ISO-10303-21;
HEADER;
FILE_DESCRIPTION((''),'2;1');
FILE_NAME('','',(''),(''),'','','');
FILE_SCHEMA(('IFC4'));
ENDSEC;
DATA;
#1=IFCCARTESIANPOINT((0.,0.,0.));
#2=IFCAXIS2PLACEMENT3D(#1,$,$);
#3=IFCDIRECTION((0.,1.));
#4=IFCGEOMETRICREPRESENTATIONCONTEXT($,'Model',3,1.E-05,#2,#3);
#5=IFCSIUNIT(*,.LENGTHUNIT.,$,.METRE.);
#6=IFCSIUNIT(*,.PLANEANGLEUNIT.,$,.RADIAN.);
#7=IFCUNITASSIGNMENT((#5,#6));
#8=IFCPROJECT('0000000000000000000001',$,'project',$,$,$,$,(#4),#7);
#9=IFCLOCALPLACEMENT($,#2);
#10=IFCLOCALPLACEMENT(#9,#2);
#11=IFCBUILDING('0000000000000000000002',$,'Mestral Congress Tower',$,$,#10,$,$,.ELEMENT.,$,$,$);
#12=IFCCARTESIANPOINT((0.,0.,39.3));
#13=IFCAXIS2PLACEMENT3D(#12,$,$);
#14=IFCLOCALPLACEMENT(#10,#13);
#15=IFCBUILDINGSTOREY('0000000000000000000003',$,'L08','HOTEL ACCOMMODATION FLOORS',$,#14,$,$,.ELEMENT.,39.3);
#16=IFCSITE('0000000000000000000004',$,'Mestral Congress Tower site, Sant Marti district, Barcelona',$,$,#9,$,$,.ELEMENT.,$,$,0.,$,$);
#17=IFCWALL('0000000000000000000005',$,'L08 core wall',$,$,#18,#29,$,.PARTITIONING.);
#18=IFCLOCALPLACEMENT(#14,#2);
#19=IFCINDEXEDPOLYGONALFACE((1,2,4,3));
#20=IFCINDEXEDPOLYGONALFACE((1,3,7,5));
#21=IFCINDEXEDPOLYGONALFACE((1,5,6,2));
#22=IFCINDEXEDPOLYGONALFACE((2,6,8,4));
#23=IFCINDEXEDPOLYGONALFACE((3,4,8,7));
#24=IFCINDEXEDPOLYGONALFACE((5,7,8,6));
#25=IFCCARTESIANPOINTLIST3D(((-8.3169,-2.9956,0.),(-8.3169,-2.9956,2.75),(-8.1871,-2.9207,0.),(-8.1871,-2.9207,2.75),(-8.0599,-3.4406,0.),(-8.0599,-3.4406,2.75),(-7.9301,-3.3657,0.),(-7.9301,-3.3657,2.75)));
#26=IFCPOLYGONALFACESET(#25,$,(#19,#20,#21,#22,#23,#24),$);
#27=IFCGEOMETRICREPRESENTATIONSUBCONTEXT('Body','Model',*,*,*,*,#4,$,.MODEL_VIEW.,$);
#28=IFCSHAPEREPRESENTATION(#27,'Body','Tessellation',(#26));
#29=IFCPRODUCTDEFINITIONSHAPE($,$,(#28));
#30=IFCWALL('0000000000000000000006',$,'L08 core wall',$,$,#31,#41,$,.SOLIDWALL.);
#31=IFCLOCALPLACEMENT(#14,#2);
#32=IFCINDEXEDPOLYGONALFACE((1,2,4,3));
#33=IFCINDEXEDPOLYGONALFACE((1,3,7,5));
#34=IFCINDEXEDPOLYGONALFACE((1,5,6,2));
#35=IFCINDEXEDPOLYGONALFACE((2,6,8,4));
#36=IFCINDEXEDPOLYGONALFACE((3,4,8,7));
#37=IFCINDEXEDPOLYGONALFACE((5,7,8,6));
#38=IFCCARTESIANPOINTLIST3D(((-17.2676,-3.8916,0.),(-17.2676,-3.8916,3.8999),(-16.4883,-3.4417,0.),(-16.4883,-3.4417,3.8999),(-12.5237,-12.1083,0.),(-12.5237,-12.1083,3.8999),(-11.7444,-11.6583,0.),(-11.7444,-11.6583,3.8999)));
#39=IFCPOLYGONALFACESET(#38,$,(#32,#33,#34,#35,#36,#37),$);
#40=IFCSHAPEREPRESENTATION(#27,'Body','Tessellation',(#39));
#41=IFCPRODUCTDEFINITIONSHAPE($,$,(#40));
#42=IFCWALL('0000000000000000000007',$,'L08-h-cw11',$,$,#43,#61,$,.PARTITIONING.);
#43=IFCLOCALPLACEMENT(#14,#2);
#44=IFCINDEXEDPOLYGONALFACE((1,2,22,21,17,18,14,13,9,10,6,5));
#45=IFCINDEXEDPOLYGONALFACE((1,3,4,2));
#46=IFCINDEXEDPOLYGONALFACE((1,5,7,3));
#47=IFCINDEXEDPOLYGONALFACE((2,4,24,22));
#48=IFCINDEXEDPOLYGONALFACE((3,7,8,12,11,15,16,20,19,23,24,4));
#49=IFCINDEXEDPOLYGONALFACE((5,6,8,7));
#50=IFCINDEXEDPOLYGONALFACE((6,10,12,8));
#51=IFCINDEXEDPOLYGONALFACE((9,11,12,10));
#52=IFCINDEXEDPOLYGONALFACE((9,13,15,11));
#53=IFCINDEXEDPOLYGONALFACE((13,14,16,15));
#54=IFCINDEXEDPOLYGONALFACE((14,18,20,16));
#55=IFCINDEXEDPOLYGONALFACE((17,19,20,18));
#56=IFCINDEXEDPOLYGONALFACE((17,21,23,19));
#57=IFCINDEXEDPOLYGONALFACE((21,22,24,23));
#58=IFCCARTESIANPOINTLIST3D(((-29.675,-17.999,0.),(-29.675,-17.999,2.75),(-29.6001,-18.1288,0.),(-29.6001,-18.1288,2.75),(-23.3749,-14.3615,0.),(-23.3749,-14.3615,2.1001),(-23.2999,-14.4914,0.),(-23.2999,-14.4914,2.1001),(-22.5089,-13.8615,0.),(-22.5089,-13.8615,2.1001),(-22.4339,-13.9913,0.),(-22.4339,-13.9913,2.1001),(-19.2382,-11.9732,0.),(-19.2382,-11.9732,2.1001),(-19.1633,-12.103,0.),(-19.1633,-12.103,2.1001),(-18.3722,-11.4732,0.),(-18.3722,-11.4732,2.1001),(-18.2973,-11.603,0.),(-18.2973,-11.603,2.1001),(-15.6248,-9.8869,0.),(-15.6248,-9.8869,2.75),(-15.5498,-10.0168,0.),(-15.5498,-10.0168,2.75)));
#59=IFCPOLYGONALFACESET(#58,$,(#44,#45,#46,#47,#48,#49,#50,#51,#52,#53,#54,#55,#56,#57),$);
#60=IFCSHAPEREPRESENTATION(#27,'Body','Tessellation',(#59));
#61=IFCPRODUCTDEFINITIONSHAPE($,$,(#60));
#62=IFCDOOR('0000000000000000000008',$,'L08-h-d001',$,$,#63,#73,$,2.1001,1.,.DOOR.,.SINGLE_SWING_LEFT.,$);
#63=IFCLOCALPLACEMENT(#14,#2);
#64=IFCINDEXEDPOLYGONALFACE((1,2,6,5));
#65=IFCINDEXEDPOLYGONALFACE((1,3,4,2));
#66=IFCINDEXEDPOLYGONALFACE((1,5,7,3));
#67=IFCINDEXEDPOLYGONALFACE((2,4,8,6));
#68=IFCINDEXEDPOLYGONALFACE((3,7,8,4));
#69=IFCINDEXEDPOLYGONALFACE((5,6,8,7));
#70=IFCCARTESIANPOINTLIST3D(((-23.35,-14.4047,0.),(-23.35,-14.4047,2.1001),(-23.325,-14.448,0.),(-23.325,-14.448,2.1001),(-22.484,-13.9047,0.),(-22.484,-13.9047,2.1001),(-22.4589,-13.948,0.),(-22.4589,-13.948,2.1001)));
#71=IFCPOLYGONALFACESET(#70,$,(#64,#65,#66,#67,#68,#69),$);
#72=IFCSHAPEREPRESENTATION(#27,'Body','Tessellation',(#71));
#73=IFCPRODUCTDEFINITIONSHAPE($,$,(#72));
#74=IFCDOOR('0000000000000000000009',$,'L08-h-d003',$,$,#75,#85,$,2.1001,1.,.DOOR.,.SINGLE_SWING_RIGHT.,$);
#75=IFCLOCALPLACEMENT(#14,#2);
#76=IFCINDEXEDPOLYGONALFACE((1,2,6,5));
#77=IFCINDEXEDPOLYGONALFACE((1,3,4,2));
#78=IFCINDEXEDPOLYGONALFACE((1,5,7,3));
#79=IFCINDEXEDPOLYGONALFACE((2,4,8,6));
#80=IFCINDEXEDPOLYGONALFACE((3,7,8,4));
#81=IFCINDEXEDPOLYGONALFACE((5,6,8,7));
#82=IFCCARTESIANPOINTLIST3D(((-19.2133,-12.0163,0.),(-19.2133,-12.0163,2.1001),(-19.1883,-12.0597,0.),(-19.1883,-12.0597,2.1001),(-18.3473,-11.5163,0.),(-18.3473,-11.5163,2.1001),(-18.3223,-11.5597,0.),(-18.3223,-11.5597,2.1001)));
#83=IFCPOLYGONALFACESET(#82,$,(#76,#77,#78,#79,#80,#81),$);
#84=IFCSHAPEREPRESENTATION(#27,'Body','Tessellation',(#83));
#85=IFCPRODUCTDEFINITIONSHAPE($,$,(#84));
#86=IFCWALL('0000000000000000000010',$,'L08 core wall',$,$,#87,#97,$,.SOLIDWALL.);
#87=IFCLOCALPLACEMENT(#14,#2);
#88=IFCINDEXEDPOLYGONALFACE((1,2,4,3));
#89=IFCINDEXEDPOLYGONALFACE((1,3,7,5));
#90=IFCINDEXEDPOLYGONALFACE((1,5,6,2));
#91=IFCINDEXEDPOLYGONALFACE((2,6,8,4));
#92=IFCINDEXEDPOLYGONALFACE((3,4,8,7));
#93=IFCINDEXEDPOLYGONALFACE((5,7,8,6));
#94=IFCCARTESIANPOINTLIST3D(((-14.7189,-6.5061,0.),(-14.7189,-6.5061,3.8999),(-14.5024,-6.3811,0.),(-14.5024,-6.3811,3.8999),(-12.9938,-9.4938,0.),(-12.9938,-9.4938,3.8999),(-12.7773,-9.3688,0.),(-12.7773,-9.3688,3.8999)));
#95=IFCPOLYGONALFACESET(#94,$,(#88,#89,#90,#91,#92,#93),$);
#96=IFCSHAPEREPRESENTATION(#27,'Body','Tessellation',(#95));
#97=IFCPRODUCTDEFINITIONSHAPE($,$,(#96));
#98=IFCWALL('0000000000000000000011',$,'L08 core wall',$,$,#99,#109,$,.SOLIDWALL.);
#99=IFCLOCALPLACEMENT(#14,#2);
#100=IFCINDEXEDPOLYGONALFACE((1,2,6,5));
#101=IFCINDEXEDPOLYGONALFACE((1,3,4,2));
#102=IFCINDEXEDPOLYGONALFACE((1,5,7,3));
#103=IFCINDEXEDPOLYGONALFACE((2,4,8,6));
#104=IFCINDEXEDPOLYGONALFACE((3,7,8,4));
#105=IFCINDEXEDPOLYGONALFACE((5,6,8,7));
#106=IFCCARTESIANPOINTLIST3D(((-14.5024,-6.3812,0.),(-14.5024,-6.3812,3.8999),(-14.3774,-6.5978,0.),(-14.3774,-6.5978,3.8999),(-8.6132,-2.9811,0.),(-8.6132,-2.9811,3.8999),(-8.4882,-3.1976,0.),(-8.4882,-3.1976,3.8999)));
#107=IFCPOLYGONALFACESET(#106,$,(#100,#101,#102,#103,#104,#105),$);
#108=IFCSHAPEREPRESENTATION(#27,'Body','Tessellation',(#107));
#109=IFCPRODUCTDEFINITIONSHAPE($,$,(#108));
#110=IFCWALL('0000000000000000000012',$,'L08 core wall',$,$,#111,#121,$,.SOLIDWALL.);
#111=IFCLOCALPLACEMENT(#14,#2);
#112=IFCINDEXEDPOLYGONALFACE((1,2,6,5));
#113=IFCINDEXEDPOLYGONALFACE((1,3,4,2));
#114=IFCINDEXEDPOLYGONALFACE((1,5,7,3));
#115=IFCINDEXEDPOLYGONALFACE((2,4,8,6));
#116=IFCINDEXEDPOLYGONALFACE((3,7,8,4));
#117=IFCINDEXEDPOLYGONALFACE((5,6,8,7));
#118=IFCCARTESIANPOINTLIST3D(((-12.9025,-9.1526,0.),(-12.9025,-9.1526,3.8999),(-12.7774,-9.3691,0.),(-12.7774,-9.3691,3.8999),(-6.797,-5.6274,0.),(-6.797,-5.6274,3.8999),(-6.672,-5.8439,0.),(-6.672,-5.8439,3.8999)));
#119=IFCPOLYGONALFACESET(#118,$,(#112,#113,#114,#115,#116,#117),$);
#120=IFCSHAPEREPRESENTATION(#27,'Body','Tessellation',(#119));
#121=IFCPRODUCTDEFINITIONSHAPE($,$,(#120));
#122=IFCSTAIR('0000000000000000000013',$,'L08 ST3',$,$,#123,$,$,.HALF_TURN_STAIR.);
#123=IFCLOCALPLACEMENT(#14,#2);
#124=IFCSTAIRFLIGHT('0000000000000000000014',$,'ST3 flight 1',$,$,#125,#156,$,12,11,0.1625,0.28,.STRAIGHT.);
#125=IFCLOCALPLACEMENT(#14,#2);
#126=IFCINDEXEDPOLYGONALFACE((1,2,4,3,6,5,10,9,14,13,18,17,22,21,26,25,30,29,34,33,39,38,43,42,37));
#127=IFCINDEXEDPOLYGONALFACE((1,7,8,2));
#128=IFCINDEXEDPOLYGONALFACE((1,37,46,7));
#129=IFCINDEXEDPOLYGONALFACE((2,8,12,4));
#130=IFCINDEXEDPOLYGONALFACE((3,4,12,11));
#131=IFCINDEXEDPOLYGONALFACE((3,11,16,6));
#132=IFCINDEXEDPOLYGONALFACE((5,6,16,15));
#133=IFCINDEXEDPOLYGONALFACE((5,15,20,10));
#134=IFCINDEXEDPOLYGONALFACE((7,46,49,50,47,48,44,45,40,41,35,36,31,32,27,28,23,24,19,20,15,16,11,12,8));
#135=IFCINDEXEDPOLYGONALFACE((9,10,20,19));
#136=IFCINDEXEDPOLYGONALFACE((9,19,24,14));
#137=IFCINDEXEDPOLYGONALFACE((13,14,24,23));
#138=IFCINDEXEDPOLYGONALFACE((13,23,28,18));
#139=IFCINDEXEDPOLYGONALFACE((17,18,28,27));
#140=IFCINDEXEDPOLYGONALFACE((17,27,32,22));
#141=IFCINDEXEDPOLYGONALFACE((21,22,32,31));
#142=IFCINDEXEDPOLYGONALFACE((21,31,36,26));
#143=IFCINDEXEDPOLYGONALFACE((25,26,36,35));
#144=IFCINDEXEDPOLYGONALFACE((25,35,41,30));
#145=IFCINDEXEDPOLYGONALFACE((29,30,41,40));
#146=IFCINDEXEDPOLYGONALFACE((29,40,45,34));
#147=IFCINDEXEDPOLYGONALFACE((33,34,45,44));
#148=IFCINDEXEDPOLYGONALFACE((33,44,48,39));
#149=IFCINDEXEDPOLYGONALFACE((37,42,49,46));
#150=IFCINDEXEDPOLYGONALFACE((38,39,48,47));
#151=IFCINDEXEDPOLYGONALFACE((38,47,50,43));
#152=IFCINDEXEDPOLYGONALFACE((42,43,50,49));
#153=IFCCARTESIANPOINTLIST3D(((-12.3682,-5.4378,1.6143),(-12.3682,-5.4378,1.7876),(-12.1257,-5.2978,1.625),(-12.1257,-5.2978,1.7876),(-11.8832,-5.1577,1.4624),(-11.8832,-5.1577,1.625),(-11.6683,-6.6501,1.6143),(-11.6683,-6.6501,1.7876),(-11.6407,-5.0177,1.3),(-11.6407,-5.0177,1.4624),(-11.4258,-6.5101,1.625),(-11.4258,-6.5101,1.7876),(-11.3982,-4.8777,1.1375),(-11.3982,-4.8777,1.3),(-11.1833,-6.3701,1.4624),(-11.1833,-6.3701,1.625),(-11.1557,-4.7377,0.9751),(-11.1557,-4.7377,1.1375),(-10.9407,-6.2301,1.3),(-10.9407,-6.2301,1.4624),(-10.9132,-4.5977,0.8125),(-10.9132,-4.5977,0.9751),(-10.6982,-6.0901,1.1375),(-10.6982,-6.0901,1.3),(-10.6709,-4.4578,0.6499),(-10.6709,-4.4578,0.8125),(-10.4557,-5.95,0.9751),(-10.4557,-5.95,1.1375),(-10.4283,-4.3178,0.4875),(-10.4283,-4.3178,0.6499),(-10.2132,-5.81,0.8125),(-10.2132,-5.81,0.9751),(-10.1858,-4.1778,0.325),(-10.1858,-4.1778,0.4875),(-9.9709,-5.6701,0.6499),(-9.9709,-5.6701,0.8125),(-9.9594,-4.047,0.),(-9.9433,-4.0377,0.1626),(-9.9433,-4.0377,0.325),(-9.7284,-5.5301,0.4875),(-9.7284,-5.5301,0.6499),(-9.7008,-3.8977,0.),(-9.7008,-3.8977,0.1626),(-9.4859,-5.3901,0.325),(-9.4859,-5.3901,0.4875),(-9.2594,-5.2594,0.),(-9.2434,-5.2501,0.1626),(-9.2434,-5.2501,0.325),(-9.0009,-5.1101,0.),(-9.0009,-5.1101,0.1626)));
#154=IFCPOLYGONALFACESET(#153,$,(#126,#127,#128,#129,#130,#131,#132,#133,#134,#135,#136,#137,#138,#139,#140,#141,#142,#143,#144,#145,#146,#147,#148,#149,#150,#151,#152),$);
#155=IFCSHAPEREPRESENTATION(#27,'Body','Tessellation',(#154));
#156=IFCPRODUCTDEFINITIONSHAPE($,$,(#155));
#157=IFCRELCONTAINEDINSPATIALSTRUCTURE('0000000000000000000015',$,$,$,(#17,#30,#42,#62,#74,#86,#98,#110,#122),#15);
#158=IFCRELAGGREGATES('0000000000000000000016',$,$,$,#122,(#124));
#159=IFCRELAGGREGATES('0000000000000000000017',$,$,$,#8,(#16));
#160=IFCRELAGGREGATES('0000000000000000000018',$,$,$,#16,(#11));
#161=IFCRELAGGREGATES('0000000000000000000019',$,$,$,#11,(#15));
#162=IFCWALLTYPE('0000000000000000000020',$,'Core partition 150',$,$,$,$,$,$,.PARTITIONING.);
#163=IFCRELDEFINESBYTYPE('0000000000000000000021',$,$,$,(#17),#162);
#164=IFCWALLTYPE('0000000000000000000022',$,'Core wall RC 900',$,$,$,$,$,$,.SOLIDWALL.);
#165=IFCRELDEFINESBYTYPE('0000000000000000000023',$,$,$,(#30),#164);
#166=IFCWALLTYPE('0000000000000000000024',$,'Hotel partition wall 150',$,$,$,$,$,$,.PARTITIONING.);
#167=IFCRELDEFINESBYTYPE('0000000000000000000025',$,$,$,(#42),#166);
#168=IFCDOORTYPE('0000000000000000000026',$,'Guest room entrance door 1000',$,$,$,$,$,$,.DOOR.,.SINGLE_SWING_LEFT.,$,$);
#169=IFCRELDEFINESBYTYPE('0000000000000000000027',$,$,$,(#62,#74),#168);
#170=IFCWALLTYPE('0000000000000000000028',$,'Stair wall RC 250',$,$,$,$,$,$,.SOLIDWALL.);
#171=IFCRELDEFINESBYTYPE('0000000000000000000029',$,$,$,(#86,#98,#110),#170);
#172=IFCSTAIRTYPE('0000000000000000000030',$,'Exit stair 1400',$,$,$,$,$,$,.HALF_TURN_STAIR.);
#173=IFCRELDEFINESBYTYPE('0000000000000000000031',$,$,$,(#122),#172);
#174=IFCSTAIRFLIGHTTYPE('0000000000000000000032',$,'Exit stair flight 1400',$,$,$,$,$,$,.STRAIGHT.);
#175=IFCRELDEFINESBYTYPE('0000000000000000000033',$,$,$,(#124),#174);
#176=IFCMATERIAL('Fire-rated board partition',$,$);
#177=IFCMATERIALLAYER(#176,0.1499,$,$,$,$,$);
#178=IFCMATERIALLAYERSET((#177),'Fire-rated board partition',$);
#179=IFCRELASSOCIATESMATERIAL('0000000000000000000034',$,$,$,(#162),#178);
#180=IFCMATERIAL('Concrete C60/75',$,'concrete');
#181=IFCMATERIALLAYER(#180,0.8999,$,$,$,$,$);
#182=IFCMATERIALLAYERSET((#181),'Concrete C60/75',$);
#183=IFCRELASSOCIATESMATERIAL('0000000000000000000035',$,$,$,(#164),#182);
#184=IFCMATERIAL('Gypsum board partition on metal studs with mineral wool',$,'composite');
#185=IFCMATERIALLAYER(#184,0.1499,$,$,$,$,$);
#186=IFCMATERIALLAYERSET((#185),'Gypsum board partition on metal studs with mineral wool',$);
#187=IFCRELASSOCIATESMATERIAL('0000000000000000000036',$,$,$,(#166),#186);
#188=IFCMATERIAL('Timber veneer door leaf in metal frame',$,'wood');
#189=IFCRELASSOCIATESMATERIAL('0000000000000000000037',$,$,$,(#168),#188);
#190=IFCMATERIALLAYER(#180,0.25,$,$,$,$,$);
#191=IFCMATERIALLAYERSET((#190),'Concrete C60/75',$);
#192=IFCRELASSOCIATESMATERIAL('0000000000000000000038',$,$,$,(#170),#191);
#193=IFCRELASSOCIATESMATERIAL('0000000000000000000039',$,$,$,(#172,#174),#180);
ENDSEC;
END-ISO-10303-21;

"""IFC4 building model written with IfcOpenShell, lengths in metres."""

from ifc_helpers import new_model, si_unit, direction, frame, frame_2d, origin, place, context, subcontext, project, spatial, polyline, rectangle, outline, extrude, material, layer, layer_set, type_object, element, fill, aggregate, save


model = new_model("IFC4")

# Units and contexts
model_context = context("Model", 3, precision=1e-05, world=origin(), true_north=direction((0.0, 1.0)))
body_context = subcontext(model_context, "Body", "Model", "MODEL_VIEW")
ifc_project = project(units=[si_unit("LENGTHUNIT", "METRE"), si_unit("PLANEANGLEUNIT", "RADIAN")], contexts=[model_context])

# Site, building, storey
site_placement = place(None, origin())
site = spatial("IfcSite", under=ifc_project, at=site_placement, Name="Mestral Congress Tower site, Sant Marti district, Barcelona", CompositionType="ELEMENT", RefElevation=0.0)
building_placement = place(site_placement, origin())
building = spatial("IfcBuilding", under=site, at=building_placement, Name="Mestral Congress Tower", CompositionType="ELEMENT")
storey_placement = place(building_placement, frame((0.0, 0.0, 39.3)))
storey = spatial("IfcBuildingStorey", under=building, at=storey_placement, Name="L08", Description="HOTEL ACCOMMODATION FLOORS", CompositionType="ELEMENT", Elevation=39.3)

# Walls
ifc_material_1 = material(Name="Fire-rated board partition")
ifc_layer_1 = layer(ifc_material_1, 0.1499)
ifc_layer_set_1 = layer_set([ifc_layer_1], Name="Fire-rated board partition")
wall_type_1 = type_object("IfcWallType", Name="Core partition 150", PredefinedType="PARTITIONING", material=ifc_layer_set_1)
wall_1_placement = place(storey_placement, frame((-8.252, -2.9583, 0.0), z_axis=(0.0, 0.0, 1.0), x_axis=(0.500175, -0.865925, 0.0)))
element("IfcWall", 1, at=wall_1_placement, inside=storey, type_object=wall_type_1, Name="L08 core wall", PredefinedType="PARTITIONING", context=body_context, shape_type="SweptSolid", body=[
    extrude(rectangle(XDim=0.5139, YDim=0.1499, at=frame_2d((0.2568, 0.0))), origin(), (0.0, 0.0, 1.0), 2.75),
])
ifc_material_2 = material(Name="Concrete C60/75", Category="concrete")
ifc_layer_2 = layer(ifc_material_2, 0.8999)
ifc_layer_set_2 = layer_set([ifc_layer_2], Name="Concrete C60/75")
wall_type_2 = type_object("IfcWallType", Name="Core wall RC 900", PredefinedType="SOLIDWALL", material=ifc_layer_set_2)
wall_2_placement = place(storey_placement, frame((-12.134, -11.8833, 0.0), z_axis=(0.0, 0.0, 1.0), x_axis=(-0.500005, 0.866022, 0.0)))
element("IfcWall", 2, at=wall_2_placement, inside=storey, type_object=wall_type_2, Name="L08 core wall", PredefinedType="SOLIDWALL", context=body_context, shape_type="SweptSolid", body=[
    extrude(rectangle(XDim=9.4878, YDim=0.8999, at=frame_2d((4.7439, 0.0))), origin(), (0.0, 0.0, 1.0), 3.8999),
])

# Wall, openings, doors
ifc_material_3 = material(Name="Gypsum board partition on metal studs with mineral wool", Category="composite")
ifc_layer_3 = layer(ifc_material_3, 0.1499)
ifc_layer_set_3 = layer_set([ifc_layer_3], Name="Gypsum board partition on metal studs with mineral wool")
wall_type_3 = type_object("IfcWallType", Name="Hotel partition wall 150", PredefinedType="PARTITIONING", material=ifc_layer_set_3)
wall_3_placement = place(storey_placement, frame((-15.5874, -9.9519, 0.0), z_axis=(0.0, 0.0, 1.0), x_axis=(-0.866022, -0.500006, 0.0)))
wall_3 = element("IfcWall", 3, at=wall_3_placement, inside=storey, type_object=wall_type_3, Name="L08-h-cw11", PredefinedType="PARTITIONING", context=body_context, shape_type="SweptSolid", body=[
    extrude(rectangle(XDim=16.2239, YDim=0.1499, at=frame_2d((8.1118, 0.0))), origin(), (0.0, 0.0, 1.0), 2.75),
])
opening_1_placement = place(wall_3_placement, frame((7.949, 0.0, 0.0)))
opening_1 = element("IfcOpeningElement", 4, at=opening_1_placement, cuts=wall_3, PredefinedType="OPENING", context=body_context, shape_type="SweptSolid", body=[
    extrude(rectangle(XDim=1.0, YDim=2.1001, at=frame_2d((0.5, 1.05))), frame((0.0, 0.085, 0.0), z_axis=(0.0, -1.0, 0.0), x_axis=(1.0, 0.0, 0.0)), (0.0, 0.0, 1.0), 0.1699),
])
opening_2_placement = place(wall_3_placement, frame((3.1724, 0.0, 0.0)))
opening_2 = element("IfcOpeningElement", 5, at=opening_2_placement, cuts=wall_3, PredefinedType="OPENING", context=body_context, shape_type="SweptSolid", body=[
    extrude(rectangle(XDim=1.0, YDim=2.1001, at=frame_2d((0.5, 1.05))), frame((0.0, 0.085, 0.0), z_axis=(0.0, -1.0, 0.0), x_axis=(1.0, 0.0, 0.0)), (0.0, 0.0, 1.0), 0.1699),
])
ifc_material_4 = material(Name="Timber veneer door leaf in metal frame", Category="wood")
door_type = type_object("IfcDoorType", Name="Guest room entrance door 1000", OperationType="SINGLE_SWING_LEFT", PredefinedType="DOOR", material=ifc_material_4)
door_1_placement = place(opening_1_placement, origin())
door_1 = element("IfcDoor", 6, at=door_1_placement, inside=storey, type_object=door_type, Name="L08-h-d001", OperationType="SINGLE_SWING_LEFT", OverallHeight=2.1001, OverallWidth=1.0, PredefinedType="DOOR", context=body_context, shape_type="SweptSolid", body=[
    extrude(rectangle(XDim=1.0, YDim=2.1001, at=frame_2d((0.5, 1.05))), frame((0.0, 0.0249, 0.0), z_axis=(0.0, -1.0, 0.0), x_axis=(1.0, 0.0, 0.0)), (0.0, 0.0, 1.0), 0.05),
])
fill(opening_1, door_1)
door_2_placement = place(opening_2_placement, origin())
door_2 = element("IfcDoor", 7, at=door_2_placement, inside=storey, type_object=door_type, Name="L08-h-d003", OperationType="SINGLE_SWING_RIGHT", OverallHeight=2.1001, OverallWidth=1.0, PredefinedType="DOOR", context=body_context, shape_type="SweptSolid", body=[
    extrude(rectangle(XDim=1.0, YDim=2.1001, at=frame_2d((0.5, 1.05))), frame((0.0, 0.0249, 0.0), z_axis=(0.0, -1.0, 0.0), x_axis=(1.0, 0.0, 0.0)), (0.0, 0.0, 1.0), 0.05),
])
fill(opening_2, door_2)

# Walls
ifc_layer_4 = layer(ifc_material_2, 0.25)
ifc_layer_set_4 = layer_set([ifc_layer_4], Name="Concrete C60/75")
wall_type_4 = type_object("IfcWallType", Name="Stair wall RC 250", PredefinedType="SOLIDWALL", material=ifc_layer_set_4)
wall_4_placement = place(storey_placement, frame((-12.8855, -9.4314, 0.0), z_axis=(0.0, 0.0, 1.0), x_axis=(-0.500021, 0.866014, 0.0)))
element("IfcWall", 8, at=wall_4_placement, inside=storey, type_object=wall_type_4, Name="L08 core wall", PredefinedType="SOLIDWALL", context=body_context, shape_type="SweptSolid", body=[
    extrude(rectangle(XDim=3.45, YDim=0.25, at=frame_2d((1.7251, 0.0))), origin(), (0.0, 0.0, 1.0), 3.8999),
])
wall_5_placement = place(storey_placement, frame((-14.4399, -6.4895, 0.0), z_axis=(0.0, 0.0, 1.0), x_axis=(0.866023, 0.500004, 0.0)))
element("IfcWall", 9, at=wall_5_placement, inside=storey, type_object=wall_type_4, Name="L08 core wall", PredefinedType="SOLIDWALL", context=body_context, shape_type="SweptSolid", body=[
    extrude(rectangle(XDim=6.8003, YDim=0.25, at=frame_2d((3.4001, 0.0))), origin(), (0.0, 0.0, 1.0), 3.8999),
])
wall_6_placement = place(storey_placement, frame((-12.8398, -9.2607, 0.0), z_axis=(0.0, 0.0, 1.0), x_axis=(0.866016, 0.500016, 0.0)))
element("IfcWall", 10, at=wall_6_placement, inside=storey, type_object=wall_type_4, Name="L08 core wall", PredefinedType="SOLIDWALL", context=body_context, shape_type="SweptSolid", body=[
    extrude(rectangle(XDim=7.05, YDim=0.25, at=frame_2d((3.5249, 0.0))), origin(), (0.0, 0.0, 1.0), 3.8999),
])

# Stair, stair flight
stair_type = type_object("IfcStairType", Name="Exit stair 1400", PredefinedType="HALF_TURN_STAIR", material=ifc_material_2)
stair_placement = place(storey_placement, origin())
stair = element("IfcStair", 11, at=stair_placement, inside=storey, type_object=stair_type, Name="L08 ST3", PredefinedType="HALF_TURN_STAIR")
stair_flight_type = type_object("IfcStairFlightType", Name="Exit stair flight 1400", PredefinedType="STRAIGHT", material=ifc_material_2)
stair_flight_1_placement = place(storey_placement, frame((-9.3508, -4.5039, 0.0), z_axis=(0.0, 0.0, 1.0), x_axis=(-0.866025, -0.5, 0.0)))
stair_flight_1 = element("IfcStairFlight", 12, at=stair_flight_1_placement, type_object=stair_flight_type, Name="ST3 flight 1", NumberOfRisers=12, NumberOfTreads=11, PredefinedType="STRAIGHT", RiserHeight=0.1625, TreadLength=0.28, context=body_context, shape_type="SweptSolid", body=[
    extrude(outline(polyline([(0.0, 0.0), (0.0, 0.1626), (0.28, 0.1626), (0.28, 0.325), (0.5601, 0.325), (0.5601, 0.4875), (0.8401, 0.4875), (0.8401, 0.6499), (1.1201, 0.6499), (1.1201, 0.8125), (1.3999, 0.8125), (1.3999, 0.9751), (1.6799, 0.9751), (1.6799, 1.1375), (1.96, 1.1375), (1.96, 1.3), (2.24, 1.3), (2.24, 1.4624), (2.52, 1.4624), (2.52, 1.625), (2.8, 1.625), (2.8, 1.7876), (3.0801, 1.7876), (3.0801, 1.95), (3.0801, 1.6143), (0.2986, 0.0), (0.0, 0.0)])), frame((0.0, 0.7, 0.0), z_axis=(0.0, -1.0, 0.0), x_axis=(1.0, 0.0, 0.0)), (0.0, 0.0, 1.0), 1.3999),
])
aggregate(stair, [stair_flight_1])

save(model, "model.ifc")
